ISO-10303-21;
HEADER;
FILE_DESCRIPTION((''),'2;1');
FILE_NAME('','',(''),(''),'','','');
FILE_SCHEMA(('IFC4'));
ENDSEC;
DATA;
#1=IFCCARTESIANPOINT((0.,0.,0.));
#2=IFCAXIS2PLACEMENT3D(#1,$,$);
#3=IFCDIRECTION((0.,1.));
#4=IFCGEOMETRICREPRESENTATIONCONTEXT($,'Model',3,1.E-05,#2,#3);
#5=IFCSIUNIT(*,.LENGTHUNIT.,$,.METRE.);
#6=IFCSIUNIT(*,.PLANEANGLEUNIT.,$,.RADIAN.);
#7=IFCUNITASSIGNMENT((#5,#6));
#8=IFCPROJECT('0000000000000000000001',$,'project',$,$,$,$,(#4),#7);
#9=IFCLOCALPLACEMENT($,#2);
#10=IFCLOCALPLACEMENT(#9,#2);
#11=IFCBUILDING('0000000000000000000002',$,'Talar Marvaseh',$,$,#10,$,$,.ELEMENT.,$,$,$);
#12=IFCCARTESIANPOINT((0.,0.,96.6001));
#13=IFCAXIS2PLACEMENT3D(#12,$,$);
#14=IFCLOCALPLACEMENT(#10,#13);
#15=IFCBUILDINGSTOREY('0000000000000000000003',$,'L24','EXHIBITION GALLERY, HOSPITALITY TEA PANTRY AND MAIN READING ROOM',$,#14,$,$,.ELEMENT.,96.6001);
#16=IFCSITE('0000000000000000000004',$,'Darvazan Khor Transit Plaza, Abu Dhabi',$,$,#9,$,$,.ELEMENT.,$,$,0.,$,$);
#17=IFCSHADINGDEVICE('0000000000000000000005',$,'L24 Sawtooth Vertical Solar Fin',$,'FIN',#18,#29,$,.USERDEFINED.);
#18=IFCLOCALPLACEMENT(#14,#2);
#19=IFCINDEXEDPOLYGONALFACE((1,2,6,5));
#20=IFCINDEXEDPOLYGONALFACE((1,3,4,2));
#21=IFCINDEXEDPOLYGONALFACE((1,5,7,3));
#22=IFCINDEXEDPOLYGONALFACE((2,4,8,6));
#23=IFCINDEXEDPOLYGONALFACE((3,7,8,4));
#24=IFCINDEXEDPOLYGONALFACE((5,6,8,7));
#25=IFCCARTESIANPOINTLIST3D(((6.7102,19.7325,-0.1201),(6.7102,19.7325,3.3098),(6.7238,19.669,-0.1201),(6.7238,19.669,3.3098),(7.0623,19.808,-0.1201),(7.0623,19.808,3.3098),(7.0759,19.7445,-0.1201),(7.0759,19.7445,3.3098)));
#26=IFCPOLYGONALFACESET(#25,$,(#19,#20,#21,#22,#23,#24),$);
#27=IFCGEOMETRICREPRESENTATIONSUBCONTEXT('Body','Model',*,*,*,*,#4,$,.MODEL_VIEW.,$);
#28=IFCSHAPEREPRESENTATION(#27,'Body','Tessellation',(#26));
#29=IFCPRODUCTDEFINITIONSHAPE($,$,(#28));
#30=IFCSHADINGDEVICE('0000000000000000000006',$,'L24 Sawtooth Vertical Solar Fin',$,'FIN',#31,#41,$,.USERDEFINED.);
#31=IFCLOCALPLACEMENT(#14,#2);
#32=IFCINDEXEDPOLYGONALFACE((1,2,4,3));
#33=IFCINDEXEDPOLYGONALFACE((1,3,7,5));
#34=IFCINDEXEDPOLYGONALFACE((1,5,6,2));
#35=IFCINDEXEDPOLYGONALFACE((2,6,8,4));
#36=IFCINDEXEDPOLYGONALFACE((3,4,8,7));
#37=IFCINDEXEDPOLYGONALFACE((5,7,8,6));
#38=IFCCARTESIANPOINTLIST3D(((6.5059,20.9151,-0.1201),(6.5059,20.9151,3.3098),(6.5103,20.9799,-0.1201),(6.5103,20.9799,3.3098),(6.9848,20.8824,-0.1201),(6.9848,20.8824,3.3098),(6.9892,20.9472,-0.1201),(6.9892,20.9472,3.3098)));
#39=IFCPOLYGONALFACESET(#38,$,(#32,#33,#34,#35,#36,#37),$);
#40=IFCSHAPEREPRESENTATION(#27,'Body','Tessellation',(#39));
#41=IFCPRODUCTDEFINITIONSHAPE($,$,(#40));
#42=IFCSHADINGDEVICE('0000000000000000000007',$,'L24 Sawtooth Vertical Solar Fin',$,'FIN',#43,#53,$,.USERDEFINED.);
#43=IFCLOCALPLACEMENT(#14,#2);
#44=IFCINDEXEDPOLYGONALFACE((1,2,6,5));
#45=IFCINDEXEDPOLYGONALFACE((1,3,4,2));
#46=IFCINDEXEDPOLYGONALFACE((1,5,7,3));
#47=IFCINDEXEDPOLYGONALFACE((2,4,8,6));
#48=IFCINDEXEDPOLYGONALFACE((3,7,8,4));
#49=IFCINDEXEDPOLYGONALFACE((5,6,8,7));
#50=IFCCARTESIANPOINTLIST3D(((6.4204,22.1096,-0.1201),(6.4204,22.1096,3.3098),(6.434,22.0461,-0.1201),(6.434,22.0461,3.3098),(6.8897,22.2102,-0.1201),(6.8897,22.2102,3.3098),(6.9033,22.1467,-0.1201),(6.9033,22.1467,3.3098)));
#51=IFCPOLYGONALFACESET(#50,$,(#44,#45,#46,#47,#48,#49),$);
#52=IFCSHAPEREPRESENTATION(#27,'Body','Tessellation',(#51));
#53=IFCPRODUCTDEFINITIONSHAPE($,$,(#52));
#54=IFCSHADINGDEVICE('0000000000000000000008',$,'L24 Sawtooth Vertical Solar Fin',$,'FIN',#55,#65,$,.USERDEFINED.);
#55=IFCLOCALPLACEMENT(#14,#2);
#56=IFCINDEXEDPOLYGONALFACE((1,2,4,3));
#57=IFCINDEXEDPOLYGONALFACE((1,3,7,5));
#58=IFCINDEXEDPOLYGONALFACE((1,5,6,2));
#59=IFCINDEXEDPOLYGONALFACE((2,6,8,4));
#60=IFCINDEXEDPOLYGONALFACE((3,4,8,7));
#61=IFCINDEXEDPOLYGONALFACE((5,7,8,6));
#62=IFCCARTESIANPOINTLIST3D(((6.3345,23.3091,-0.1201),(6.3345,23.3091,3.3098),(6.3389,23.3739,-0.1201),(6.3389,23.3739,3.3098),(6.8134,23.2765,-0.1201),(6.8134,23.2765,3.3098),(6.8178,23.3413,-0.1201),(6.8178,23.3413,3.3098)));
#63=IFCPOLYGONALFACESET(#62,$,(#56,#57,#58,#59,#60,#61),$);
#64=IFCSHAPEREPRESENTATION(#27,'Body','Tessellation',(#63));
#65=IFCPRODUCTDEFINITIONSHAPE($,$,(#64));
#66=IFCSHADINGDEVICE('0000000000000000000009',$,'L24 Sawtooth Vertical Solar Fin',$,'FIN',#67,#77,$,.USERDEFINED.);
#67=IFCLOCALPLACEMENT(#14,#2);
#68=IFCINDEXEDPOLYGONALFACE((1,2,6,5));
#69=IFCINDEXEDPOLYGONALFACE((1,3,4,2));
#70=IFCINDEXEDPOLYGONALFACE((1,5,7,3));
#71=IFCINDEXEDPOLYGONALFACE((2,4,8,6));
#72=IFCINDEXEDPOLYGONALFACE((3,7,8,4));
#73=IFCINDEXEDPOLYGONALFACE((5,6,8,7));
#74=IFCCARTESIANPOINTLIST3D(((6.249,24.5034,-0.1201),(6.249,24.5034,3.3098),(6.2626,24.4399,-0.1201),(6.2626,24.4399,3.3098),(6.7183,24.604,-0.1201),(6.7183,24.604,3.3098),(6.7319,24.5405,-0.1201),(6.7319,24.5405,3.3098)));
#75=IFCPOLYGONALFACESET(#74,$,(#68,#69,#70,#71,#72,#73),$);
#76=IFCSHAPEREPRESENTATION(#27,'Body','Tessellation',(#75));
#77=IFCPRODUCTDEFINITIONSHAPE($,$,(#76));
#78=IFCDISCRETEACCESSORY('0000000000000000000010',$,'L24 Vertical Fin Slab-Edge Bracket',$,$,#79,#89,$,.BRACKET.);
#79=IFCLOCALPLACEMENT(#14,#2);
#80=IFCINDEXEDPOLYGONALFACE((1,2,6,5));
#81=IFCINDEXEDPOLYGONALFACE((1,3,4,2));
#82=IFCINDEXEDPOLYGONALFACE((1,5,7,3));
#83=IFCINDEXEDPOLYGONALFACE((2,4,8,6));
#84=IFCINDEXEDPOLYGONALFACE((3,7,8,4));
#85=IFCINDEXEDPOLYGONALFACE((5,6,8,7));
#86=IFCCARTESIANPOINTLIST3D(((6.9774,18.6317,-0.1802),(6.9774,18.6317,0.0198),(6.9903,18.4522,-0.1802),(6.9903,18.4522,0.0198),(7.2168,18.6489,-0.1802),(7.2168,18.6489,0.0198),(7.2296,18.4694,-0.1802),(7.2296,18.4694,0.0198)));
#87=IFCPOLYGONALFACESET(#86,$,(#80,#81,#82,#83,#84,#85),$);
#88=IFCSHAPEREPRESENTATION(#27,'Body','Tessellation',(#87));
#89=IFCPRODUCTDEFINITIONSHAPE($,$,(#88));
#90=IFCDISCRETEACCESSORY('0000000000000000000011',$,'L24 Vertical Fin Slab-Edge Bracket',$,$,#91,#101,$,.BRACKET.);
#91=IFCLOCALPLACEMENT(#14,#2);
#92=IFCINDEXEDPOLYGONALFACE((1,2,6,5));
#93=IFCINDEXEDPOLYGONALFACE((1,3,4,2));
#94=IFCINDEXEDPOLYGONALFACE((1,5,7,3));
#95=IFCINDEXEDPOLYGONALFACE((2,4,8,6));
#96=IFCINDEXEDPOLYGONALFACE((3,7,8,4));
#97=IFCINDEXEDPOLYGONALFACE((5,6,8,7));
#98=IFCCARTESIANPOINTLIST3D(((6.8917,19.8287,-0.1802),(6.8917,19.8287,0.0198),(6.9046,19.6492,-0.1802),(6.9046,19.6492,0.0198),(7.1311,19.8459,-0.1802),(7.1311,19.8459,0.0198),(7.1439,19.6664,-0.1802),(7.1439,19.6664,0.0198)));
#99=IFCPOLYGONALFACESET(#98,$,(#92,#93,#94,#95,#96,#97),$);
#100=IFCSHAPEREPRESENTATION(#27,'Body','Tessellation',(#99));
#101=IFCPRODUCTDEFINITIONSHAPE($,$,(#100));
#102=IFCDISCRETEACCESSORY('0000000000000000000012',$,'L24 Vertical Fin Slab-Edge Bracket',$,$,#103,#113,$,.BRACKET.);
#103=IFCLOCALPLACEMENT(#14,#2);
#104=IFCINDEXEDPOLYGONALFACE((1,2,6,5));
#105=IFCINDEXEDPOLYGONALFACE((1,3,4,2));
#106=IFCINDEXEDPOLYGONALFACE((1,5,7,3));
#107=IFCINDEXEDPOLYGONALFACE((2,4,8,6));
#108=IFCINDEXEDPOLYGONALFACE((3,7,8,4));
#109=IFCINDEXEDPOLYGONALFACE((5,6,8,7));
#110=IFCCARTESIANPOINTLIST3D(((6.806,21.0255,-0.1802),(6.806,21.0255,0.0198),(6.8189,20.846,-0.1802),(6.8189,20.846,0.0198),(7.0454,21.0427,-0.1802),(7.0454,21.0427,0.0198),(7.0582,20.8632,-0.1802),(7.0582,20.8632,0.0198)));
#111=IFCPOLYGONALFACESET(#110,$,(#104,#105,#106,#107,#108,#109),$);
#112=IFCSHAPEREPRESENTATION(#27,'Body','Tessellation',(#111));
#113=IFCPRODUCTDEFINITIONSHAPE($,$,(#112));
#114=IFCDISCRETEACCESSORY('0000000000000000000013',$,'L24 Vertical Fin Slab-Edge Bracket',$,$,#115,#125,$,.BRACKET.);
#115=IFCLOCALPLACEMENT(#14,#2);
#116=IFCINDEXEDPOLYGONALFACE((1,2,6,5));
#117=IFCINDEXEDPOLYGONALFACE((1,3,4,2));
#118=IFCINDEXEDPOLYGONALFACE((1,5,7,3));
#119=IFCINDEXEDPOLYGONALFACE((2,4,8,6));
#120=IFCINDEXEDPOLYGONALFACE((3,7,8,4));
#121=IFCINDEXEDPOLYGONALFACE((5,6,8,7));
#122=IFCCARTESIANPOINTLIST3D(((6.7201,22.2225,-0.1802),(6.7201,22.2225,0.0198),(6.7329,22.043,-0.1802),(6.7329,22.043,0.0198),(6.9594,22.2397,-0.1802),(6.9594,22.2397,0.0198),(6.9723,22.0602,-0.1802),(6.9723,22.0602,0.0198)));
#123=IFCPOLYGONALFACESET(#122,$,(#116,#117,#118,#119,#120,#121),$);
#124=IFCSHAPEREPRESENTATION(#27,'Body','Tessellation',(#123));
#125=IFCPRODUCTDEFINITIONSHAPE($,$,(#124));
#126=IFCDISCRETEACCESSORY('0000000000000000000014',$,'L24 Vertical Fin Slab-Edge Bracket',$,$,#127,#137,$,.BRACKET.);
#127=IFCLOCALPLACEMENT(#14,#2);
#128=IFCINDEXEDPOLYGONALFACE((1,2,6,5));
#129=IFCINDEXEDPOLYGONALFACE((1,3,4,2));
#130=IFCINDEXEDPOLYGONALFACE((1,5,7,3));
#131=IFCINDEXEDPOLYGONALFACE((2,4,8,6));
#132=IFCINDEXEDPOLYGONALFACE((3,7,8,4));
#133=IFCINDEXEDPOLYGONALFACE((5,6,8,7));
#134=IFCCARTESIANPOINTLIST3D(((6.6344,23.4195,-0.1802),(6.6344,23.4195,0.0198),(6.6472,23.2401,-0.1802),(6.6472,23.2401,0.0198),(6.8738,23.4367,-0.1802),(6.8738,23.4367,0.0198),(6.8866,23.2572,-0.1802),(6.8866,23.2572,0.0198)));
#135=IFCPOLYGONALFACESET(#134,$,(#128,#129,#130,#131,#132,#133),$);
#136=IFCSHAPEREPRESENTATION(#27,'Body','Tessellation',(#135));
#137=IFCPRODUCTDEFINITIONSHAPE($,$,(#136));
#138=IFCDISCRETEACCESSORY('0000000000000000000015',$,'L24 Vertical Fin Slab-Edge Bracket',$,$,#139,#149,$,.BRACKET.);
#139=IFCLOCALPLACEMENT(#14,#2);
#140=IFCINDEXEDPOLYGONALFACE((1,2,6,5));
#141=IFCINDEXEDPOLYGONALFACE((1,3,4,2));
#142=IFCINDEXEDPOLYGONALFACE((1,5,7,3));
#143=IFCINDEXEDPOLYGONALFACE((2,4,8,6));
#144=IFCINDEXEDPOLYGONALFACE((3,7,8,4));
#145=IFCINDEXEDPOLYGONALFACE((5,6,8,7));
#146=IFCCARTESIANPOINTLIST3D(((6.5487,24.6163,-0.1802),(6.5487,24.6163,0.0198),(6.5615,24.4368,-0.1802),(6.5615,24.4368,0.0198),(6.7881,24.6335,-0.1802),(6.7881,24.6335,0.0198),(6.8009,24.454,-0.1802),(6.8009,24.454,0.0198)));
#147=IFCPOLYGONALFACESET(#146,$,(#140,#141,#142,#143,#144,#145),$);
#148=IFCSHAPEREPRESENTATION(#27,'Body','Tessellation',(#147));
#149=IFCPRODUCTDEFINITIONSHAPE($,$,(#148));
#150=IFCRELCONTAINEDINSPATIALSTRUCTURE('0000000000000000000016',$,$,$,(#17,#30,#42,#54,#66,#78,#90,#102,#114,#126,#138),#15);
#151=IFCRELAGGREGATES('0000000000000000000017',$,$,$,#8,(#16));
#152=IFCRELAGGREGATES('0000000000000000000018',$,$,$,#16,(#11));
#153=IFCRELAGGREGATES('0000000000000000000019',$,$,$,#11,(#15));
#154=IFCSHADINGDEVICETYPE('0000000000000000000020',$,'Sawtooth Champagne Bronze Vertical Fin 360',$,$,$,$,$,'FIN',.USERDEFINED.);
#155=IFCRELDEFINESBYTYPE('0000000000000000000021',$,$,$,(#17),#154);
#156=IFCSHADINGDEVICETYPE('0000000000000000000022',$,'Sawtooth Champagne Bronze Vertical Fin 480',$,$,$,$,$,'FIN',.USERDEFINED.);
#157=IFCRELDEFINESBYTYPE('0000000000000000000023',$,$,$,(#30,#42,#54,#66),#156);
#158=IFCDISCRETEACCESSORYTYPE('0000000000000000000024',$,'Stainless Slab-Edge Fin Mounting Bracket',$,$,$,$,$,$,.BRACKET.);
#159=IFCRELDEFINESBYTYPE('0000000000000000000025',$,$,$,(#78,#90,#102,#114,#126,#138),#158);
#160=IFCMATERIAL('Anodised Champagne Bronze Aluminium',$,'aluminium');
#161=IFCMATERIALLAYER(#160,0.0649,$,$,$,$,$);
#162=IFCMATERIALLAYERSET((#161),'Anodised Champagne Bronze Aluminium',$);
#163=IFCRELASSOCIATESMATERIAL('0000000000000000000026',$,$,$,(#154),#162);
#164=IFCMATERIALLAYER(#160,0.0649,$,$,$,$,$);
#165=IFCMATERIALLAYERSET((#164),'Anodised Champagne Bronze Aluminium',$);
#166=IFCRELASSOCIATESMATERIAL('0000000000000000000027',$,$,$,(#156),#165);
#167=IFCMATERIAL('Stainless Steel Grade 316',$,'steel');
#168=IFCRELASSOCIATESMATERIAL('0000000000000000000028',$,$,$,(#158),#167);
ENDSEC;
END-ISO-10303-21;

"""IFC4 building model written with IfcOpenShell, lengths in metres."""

from ifc_helpers import new_model, si_unit, direction, frame, origin, origin_2d, place, context, subcontext, project, spatial, rectangle, extrude, source, transform, mapped, material, layer, layer_set, type_object, type_shapes, element, save


model = new_model("IFC4")

# Units and contexts
model_context = context("Model", 3, precision=1e-05, world=origin(), true_north=direction((0.0, 1.0)))
body_context = subcontext(model_context, "Body", "Model", "MODEL_VIEW")
ifc_project = project(units=[si_unit("LENGTHUNIT", "METRE"), si_unit("PLANEANGLEUNIT", "RADIAN")], contexts=[model_context])

# Site, building, storey
site_placement = place(None, origin())
site = spatial("IfcSite", under=ifc_project, at=site_placement, Name="Darvazan Khor Transit Plaza, Abu Dhabi", CompositionType="ELEMENT", RefElevation=0.0)
building_placement = place(site_placement, origin())
building = spatial("IfcBuilding", under=site, at=building_placement, Name="Talar Marvaseh", CompositionType="ELEMENT")
storey_placement = place(building_placement, frame((0.0, 0.0, 96.6001)))
storey = spatial("IfcBuildingStorey", under=building, at=storey_placement, Name="L24", Description="EXHIBITION GALLERY, HOSPITALITY TEA PANTRY AND MAIN READING ROOM", CompositionType="ELEMENT", Elevation=96.6001)

# Shading devices
ifc_material_1 = material(Name="Anodised Champagne Bronze Aluminium", Category="aluminium")
ifc_layer_1 = layer(ifc_material_1, 0.0649)
ifc_layer_set_1 = layer_set([ifc_layer_1], Name="Anodised Champagne Bronze Aluminium")
shading_device_type_1 = type_object("IfcShadingDeviceType", Name="Sawtooth Champagne Bronze Vertical Fin 360", ElementType="FIN", PredefinedType="USERDEFINED", material=ifc_layer_set_1)
shared_shape_1 = source(origin(), body_context, "Body", "SweptSolid", [
    extrude(rectangle(XDim=0.3601, YDim=0.0649, at=origin_2d()), origin(), (0.0, 0.0, 1.0), 3.4299),
])
type_shapes(shading_device_type_1, [shared_shape_1])
for number, where, z_axis, x_axis, name in (
    (1, (6.8931, 19.7385, -0.1201), (0.0, 0.0, 1.0), (-0.977783, -0.209619, 0.0), "L24 Sawtooth Vertical Solar Fin"),
):
    element("IfcShadingDevice", number, at=place(storey_placement, frame(where, z_axis=z_axis, x_axis=x_axis)), inside=storey, type_object=shading_device_type_1, Name=name, ObjectType="FIN", PredefinedType="USERDEFINED", context=body_context, shape_type="MappedRepresentation", body=[
        mapped(shared_shape_1, transform((0.0, 0.0, 0.0), x_axis=(1.0, 0.0, 0.0), y_axis=(0.0, 1.0, 0.0), z_axis=(0.0, 0.0, 1.0), scale=1.0)),
    ])
ifc_layer_2 = layer(ifc_material_1, 0.0649)
ifc_layer_set_2 = layer_set([ifc_layer_2], Name="Anodised Champagne Bronze Aluminium")
shading_device_type_2 = type_object("IfcShadingDeviceType", Name="Sawtooth Champagne Bronze Vertical Fin 480", ElementType="FIN", PredefinedType="USERDEFINED", material=ifc_layer_set_2)
shared_shape_2 = source(origin(), body_context, "Body", "SweptSolid", [
    extrude(rectangle(XDim=0.48, YDim=0.0649, at=origin_2d()), origin(), (0.0, 0.0, 1.0), 3.4299),
])
type_shapes(shading_device_type_2, [shared_shape_2])
for number, where, z_axis, x_axis, name in (
    (2, (6.7476, 20.9312, -0.1201), (0.0, 0.0, 1.0), (-0.997684, 0.068015, 0.0), "L24 Sawtooth Vertical Solar Fin"),
    (3, (6.6619, 22.1282, -0.1201), (0.0, 0.0, 1.0), (-0.977783, -0.209619, 0.0), "L24 Sawtooth Vertical Solar Fin"),
    (4, (6.5762, 23.3252, -0.1201), (0.0, 0.0, 1.0), (-0.997684, 0.068015, 0.0), "L24 Sawtooth Vertical Solar Fin"),
    (5, (6.4905, 24.522, -0.1201), (0.0, 0.0, 1.0), (-0.977783, -0.209619, 0.0), "L24 Sawtooth Vertical Solar Fin"),
):
    element("IfcShadingDevice", number, at=place(storey_placement, frame(where, z_axis=z_axis, x_axis=x_axis)), inside=storey, type_object=shading_device_type_2, Name=name, ObjectType="FIN", PredefinedType="USERDEFINED", context=body_context, shape_type="MappedRepresentation", body=[
        mapped(shared_shape_2, transform((0.0, 0.0, 0.0), x_axis=(1.0, 0.0, 0.0), y_axis=(0.0, 1.0, 0.0), z_axis=(0.0, 0.0, 1.0), scale=1.0)),
    ])

# Discrete accessories
ifc_material_2 = material(Name="Stainless Steel Grade 316", Category="steel")
discrete_accessory_type = type_object("IfcDiscreteAccessoryType", Name="Stainless Slab-Edge Fin Mounting Bracket", PredefinedType="BRACKET", material=ifc_material_2)
shared_shape_3 = source(origin(), body_context, "Body", "SweptSolid", [
    extrude(rectangle(XDim=0.24, YDim=0.1799, at=origin_2d()), origin(), (0.0, 0.0, 1.0), 0.2),
])
type_shapes(discrete_accessory_type, [shared_shape_3])
for number, where, z_axis, x_axis, name in (
    (6, (7.1035, 18.5505, -0.1802), (0.0, 0.0, 1.0), (-0.997441, -0.071497, 0.0), "L24 Vertical Fin Slab-Edge Bracket"),
    (7, (7.0178, 19.7476, -0.1802), (0.0, 0.0, 1.0), (-0.997441, -0.071497, 0.0), "L24 Vertical Fin Slab-Edge Bracket"),
    (8, (6.9321, 20.9443, -0.1802), (0.0, 0.0, 1.0), (-0.997441, -0.071497, 0.0), "L24 Vertical Fin Slab-Edge Bracket"),
    (9, (6.8462, 22.1414, -0.1802), (0.0, 0.0, 1.0), (-0.997441, -0.071497, 0.0), "L24 Vertical Fin Slab-Edge Bracket"),
    (10, (6.7605, 23.3384, -0.1802), (0.0, 0.0, 1.0), (-0.997441, -0.071497, 0.0), "L24 Vertical Fin Slab-Edge Bracket"),
    (11, (6.6748, 24.5352, -0.1802), (0.0, 0.0, 1.0), (-0.997441, -0.071497, 0.0), "L24 Vertical Fin Slab-Edge Bracket"),
):
    element("IfcDiscreteAccessory", number, at=place(storey_placement, frame(where, z_axis=z_axis, x_axis=x_axis)), inside=storey, type_object=discrete_accessory_type, Name=name, PredefinedType="BRACKET", context=body_context, shape_type="MappedRepresentation", body=[
        mapped(shared_shape_3, transform((0.0, 0.0, 0.0), x_axis=(1.0, 0.0, 0.0), y_axis=(0.0, 1.0, 0.0), z_axis=(0.0, 0.0, 1.0), scale=1.0)),
    ])

save(model, "model.ifc")
